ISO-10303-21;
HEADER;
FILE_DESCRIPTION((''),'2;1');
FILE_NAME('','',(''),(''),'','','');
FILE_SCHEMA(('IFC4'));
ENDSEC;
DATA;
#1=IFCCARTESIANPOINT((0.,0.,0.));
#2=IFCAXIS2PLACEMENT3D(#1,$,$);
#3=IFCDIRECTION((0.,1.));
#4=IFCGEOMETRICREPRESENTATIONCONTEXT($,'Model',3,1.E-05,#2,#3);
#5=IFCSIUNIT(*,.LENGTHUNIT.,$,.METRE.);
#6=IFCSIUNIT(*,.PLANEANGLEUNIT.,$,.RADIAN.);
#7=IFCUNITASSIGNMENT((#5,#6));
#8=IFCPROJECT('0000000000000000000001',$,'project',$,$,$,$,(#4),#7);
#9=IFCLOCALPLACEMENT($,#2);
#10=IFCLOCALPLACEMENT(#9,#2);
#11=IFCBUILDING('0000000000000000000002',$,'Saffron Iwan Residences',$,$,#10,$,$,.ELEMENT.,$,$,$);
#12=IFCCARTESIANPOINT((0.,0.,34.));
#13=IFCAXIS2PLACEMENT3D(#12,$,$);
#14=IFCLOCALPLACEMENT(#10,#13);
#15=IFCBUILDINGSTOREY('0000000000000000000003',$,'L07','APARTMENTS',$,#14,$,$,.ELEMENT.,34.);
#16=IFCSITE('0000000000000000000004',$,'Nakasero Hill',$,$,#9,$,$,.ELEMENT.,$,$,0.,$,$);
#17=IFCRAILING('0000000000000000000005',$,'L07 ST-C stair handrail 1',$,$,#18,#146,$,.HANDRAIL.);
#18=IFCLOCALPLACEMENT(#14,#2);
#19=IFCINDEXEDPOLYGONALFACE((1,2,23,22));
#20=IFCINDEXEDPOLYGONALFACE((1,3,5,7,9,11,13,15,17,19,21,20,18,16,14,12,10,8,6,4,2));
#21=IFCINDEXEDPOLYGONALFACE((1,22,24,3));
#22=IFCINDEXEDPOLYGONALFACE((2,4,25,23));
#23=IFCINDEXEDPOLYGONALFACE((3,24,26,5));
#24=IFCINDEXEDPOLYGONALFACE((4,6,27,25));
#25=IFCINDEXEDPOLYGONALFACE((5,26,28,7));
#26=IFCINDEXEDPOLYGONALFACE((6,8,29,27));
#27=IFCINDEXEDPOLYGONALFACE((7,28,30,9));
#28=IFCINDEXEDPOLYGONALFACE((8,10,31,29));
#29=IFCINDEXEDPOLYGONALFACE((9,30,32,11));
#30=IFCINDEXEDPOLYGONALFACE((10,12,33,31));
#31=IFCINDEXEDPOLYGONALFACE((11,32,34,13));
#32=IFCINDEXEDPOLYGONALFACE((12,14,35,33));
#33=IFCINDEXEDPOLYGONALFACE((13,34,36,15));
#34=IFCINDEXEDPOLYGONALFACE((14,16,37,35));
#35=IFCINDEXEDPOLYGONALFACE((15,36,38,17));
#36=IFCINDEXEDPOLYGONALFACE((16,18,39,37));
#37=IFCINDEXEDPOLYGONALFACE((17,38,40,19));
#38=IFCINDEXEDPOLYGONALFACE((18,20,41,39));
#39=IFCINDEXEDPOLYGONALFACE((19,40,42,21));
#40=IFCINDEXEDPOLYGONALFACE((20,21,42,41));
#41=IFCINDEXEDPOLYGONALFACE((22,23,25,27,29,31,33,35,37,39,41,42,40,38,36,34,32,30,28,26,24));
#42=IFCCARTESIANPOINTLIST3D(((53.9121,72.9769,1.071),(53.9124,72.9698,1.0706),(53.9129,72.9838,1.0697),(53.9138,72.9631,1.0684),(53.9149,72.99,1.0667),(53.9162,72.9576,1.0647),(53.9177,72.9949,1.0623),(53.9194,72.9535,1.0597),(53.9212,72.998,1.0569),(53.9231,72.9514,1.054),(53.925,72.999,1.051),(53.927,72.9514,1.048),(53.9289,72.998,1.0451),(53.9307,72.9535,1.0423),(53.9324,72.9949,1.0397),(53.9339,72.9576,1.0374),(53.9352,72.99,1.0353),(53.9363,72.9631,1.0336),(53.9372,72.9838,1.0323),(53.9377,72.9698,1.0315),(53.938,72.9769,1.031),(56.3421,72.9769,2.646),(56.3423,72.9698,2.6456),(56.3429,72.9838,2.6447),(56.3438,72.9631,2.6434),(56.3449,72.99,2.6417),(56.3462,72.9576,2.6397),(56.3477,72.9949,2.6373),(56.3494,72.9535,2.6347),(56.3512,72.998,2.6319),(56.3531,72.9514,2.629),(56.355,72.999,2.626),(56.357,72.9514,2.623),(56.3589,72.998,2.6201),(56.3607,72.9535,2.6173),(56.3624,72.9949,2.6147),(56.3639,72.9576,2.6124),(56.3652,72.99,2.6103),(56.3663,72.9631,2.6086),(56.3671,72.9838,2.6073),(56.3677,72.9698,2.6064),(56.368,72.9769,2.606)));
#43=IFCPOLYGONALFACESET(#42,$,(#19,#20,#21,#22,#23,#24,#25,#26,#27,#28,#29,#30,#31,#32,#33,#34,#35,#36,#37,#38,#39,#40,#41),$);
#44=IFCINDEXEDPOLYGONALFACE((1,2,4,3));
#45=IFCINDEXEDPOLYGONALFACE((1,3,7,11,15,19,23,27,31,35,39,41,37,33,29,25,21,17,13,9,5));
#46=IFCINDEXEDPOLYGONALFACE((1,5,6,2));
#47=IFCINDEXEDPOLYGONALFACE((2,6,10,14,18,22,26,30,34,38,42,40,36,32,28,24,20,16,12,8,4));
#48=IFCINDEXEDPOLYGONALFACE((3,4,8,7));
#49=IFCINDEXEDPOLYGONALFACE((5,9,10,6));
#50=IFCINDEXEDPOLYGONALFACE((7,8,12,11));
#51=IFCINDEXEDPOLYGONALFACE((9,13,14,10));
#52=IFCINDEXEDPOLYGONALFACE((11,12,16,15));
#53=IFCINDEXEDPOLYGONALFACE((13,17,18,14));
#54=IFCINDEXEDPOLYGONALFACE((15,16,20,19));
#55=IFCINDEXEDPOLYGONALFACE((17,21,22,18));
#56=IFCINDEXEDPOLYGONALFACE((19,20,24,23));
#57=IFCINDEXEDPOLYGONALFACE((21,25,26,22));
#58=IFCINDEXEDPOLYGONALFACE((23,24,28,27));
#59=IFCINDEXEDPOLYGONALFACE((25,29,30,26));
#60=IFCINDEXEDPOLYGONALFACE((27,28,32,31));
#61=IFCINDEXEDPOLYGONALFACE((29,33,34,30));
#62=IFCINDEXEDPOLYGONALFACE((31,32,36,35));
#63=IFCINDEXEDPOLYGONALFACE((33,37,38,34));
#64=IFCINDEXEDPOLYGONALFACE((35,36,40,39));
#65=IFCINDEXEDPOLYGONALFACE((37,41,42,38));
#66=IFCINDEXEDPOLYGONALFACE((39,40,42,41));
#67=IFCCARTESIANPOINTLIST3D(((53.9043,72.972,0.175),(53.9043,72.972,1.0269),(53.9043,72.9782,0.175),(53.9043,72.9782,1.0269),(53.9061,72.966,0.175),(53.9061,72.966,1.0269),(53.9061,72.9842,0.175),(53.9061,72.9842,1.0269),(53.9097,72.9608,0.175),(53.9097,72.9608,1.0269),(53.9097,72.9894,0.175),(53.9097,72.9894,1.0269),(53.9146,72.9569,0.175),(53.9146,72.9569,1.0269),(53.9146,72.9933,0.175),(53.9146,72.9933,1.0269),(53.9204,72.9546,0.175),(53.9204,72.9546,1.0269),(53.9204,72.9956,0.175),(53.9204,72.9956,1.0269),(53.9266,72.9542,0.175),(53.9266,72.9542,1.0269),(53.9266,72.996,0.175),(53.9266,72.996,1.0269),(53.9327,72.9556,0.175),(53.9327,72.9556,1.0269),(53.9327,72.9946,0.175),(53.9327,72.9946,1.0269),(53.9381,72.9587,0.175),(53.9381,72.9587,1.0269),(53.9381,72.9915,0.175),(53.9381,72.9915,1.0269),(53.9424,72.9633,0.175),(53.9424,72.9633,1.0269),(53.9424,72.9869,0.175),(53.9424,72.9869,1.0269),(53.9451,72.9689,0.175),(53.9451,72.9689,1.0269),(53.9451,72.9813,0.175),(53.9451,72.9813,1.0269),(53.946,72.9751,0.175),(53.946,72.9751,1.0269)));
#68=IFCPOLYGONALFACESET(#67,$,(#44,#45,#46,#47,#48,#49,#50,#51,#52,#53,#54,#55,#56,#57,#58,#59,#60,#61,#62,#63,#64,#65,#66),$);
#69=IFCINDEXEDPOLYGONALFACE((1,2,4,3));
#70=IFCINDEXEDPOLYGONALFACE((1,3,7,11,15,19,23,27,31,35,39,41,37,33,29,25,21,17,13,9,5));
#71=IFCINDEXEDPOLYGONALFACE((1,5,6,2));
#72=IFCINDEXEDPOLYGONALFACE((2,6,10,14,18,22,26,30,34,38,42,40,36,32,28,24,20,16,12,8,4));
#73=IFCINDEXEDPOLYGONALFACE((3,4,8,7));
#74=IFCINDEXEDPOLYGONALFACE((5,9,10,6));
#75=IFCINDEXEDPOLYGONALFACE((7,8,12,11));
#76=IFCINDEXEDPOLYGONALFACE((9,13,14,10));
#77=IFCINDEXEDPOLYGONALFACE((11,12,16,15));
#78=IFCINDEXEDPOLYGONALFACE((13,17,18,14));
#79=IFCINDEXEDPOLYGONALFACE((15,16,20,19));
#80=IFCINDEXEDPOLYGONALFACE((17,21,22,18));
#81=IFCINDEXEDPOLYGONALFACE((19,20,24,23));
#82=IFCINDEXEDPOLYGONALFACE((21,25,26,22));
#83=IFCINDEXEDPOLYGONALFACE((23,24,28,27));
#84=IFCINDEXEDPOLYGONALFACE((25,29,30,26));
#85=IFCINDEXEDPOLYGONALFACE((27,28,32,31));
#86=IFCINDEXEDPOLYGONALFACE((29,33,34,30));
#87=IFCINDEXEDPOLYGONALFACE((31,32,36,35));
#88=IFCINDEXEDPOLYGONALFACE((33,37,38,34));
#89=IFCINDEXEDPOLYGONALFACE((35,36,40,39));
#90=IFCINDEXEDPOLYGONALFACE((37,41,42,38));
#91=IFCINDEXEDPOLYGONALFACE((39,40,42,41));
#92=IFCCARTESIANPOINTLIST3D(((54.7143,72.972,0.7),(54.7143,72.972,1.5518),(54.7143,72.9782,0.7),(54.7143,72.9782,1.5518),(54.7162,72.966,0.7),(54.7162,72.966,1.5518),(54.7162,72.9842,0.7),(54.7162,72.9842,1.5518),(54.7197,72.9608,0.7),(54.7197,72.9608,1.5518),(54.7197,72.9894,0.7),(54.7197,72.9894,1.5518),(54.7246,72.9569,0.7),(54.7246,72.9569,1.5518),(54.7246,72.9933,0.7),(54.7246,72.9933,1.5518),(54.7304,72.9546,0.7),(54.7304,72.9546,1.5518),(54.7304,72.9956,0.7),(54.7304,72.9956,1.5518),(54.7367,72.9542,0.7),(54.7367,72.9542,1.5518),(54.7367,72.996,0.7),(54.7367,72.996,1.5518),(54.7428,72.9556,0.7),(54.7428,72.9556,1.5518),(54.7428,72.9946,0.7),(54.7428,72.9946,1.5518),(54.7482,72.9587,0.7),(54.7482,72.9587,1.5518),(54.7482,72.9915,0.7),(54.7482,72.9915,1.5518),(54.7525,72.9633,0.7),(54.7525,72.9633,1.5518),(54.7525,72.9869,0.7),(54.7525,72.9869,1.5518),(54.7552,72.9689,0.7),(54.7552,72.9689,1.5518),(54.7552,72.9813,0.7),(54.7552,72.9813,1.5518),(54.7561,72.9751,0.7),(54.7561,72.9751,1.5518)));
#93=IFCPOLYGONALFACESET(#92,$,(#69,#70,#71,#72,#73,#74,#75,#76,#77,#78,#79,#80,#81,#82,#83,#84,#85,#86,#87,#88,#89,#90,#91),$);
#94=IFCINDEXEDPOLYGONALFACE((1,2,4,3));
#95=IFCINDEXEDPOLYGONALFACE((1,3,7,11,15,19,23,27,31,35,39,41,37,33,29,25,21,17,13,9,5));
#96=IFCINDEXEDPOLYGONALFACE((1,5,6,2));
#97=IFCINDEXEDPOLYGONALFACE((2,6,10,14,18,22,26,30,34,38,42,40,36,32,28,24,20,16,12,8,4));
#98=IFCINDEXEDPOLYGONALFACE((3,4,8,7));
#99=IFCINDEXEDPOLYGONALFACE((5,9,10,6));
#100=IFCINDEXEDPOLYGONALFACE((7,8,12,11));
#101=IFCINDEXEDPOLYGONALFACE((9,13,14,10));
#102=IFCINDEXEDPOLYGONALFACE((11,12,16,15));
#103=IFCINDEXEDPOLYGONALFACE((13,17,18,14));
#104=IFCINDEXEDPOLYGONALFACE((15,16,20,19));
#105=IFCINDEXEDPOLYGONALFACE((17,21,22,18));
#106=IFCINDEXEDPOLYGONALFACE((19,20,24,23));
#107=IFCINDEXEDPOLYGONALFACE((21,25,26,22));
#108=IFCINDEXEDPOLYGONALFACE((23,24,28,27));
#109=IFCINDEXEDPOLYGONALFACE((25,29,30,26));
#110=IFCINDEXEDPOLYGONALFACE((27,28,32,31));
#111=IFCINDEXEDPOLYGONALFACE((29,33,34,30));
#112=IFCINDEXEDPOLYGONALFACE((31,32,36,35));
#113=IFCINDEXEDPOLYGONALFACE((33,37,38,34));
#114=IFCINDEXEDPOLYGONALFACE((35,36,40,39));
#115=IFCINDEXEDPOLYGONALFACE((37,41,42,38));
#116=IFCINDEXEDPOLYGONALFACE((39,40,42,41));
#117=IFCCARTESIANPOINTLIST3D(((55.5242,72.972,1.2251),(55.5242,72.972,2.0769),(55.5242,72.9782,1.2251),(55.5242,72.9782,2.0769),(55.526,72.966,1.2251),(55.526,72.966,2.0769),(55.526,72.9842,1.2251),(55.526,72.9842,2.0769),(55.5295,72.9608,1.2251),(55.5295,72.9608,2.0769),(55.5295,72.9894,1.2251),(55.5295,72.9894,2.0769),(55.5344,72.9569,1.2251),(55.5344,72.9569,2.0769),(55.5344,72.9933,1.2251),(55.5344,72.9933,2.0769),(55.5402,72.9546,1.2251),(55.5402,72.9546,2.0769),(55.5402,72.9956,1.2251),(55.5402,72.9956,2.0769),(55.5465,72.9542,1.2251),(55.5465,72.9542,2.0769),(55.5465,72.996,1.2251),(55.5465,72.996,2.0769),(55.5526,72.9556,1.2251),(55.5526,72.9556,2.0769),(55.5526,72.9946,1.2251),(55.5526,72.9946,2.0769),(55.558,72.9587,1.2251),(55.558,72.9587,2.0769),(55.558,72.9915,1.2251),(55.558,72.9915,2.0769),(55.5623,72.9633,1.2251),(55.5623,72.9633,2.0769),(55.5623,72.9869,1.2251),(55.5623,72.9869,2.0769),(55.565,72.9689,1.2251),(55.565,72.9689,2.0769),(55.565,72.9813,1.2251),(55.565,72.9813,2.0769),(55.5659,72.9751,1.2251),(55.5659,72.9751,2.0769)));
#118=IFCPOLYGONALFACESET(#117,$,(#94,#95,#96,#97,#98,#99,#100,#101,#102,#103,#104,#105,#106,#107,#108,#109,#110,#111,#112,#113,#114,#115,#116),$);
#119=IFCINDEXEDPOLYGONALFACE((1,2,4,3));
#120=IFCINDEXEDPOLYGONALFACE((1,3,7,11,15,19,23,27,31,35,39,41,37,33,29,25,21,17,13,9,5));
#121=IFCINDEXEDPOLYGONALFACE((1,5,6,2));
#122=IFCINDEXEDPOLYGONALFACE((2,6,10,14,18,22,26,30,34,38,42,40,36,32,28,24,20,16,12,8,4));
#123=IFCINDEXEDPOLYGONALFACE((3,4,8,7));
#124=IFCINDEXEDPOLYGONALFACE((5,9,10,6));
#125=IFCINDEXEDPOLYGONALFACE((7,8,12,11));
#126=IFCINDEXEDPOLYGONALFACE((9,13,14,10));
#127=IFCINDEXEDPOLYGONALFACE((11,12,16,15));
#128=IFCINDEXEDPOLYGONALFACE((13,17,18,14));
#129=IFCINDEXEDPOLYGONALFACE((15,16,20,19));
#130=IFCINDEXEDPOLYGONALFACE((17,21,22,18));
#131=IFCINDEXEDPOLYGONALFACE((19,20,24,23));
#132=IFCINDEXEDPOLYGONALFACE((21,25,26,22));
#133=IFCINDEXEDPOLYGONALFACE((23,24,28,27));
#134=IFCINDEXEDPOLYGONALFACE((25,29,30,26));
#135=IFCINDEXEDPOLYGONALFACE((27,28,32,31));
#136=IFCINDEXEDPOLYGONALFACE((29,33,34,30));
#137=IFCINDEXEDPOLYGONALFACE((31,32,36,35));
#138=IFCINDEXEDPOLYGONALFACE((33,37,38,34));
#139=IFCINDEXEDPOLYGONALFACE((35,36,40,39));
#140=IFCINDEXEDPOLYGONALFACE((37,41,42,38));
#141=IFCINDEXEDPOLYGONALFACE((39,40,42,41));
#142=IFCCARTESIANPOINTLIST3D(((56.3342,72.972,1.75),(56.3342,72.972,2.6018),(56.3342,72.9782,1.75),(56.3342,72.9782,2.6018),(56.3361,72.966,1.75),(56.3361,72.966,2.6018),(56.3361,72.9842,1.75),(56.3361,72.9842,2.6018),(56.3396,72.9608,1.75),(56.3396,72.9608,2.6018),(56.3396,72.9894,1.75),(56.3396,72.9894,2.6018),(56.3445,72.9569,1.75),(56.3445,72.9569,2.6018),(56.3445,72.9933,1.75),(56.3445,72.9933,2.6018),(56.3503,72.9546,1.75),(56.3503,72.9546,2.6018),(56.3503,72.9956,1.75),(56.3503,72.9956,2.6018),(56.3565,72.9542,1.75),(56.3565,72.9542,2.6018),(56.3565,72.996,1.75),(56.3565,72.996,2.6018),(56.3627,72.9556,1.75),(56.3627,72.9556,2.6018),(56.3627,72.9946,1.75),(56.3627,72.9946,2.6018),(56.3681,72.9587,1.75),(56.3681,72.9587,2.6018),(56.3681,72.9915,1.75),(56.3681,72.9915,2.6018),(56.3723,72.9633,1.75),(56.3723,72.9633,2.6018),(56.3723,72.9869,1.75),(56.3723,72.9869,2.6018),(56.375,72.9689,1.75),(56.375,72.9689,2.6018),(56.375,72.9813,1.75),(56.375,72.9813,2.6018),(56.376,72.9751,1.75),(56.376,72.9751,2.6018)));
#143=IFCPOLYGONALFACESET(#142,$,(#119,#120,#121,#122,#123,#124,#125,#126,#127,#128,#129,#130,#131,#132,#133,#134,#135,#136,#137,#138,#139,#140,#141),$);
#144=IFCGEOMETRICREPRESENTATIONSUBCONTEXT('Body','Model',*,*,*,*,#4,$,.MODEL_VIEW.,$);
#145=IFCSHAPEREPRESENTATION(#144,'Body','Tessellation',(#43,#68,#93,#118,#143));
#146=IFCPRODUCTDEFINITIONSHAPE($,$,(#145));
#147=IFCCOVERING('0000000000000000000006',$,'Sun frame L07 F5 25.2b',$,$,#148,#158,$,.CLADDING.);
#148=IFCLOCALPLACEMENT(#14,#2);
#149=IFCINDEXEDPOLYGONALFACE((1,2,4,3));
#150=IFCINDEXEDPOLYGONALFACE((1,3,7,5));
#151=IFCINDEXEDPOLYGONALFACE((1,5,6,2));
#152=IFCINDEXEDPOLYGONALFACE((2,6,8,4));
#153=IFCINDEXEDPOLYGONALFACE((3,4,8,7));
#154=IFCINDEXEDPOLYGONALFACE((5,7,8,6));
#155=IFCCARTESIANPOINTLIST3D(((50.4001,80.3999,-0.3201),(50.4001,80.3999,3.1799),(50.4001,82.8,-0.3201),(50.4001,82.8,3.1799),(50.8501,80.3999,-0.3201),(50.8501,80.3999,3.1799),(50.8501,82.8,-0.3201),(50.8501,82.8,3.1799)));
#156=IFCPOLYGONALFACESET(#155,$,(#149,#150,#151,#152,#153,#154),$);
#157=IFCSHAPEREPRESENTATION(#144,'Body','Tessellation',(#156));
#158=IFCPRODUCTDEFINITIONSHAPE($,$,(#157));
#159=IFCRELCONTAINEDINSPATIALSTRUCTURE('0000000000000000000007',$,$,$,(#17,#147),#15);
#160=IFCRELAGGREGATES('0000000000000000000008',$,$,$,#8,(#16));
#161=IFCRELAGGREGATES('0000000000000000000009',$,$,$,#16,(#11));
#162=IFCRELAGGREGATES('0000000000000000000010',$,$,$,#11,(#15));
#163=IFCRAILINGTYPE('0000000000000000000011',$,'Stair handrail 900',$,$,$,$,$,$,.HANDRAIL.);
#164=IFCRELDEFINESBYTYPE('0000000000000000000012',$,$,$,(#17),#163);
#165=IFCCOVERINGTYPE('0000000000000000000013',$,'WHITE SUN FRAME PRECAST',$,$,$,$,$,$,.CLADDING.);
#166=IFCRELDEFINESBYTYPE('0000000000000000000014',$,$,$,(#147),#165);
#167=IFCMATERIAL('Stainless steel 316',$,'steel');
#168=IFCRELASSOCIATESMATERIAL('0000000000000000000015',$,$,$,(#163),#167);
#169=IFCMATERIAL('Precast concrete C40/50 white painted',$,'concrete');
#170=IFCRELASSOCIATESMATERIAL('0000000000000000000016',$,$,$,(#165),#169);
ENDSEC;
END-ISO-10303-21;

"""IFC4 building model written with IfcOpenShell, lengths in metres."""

from ifc_helpers import new_model, si_unit, direction, frame, origin, origin_2d, place, context, subcontext, project, spatial, polyline, circle, outline, extrude, material, type_object, element, save


model = new_model("IFC4")

# Units and contexts
model_context = context("Model", 3, precision=1e-05, world=origin(), true_north=direction((0.0, 1.0)))
body_context = subcontext(model_context, "Body", "Model", "MODEL_VIEW")
ifc_project = project(units=[si_unit("LENGTHUNIT", "METRE"), si_unit("PLANEANGLEUNIT", "RADIAN")], contexts=[model_context])

# Site, building, storey
site_placement = place(None, origin())
site = spatial("IfcSite", under=ifc_project, at=site_placement, Name="Nakasero Hill", CompositionType="ELEMENT", RefElevation=0.0)
building_placement = place(site_placement, origin())
building = spatial("IfcBuilding", under=site, at=building_placement, Name="Saffron Iwan Residences", CompositionType="ELEMENT")
storey_placement = place(building_placement, frame((0.0, 0.0, 34.0)))
storey = spatial("IfcBuildingStorey", under=building, at=storey_placement, Name="L07", Description="APARTMENTS", CompositionType="ELEMENT", Elevation=34.0)

# Railing
ifc_material_1 = material(Name="Stainless steel 316", Category="steel")
railing_type_1 = type_object("IfcRailingType", Name="Stair handrail 900", PredefinedType="HANDRAIL", material=ifc_material_1)
railing_1_placement = place(storey_placement, frame((53.925, 72.9751, 0.175)))
element("IfcRailing", 1, at=railing_1_placement, inside=storey, type_object=railing_type_1, Name="L07 ST-C stair handrail 1", PredefinedType="HANDRAIL", context=body_context, shape_type="SweptSolid", body=[
    extrude(circle(Radius=0.0239, at=origin_2d()), frame((0.0, 0.0, 0.876), z_axis=(0.839154, 0.0, 0.543894), x_axis=(0.0, 1.0, 0.0)), (0.0, 0.0, 1.0), 2.8958),
    extrude(circle(Radius=0.021, at=origin_2d()), origin(), (0.0, 0.0, 1.0), 0.8518),
    extrude(circle(Radius=0.021, at=origin_2d()), frame((0.8101, 0.0, 0.5249)), (0.0, 0.0, 1.0), 0.8518),
    extrude(circle(Radius=0.021, at=origin_2d()), frame((1.6199, 0.0, 1.05)), (0.0, 0.0, 1.0), 0.8518),
    extrude(circle(Radius=0.021, at=origin_2d()), frame((2.4299, 0.0, 1.575)), (0.0, 0.0, 1.0), 0.8518),
])

# Covering
ifc_material_2 = material(Name="Precast concrete C40/50 white painted", Category="concrete")
covering_type_1 = type_object("IfcCoveringType", Name="WHITE SUN FRAME PRECAST", PredefinedType="CLADDING", material=ifc_material_2)
covering_1_placement = place(storey_placement, frame((50.8501, 80.3999, -0.3201), z_axis=(0.0, 1.0, 0.0), x_axis=(-1.0, 0.0, 0.0)))
element("IfcCovering", 2, at=covering_1_placement, inside=storey, type_object=covering_type_1, Name="Sun frame L07 F5 25.2b", PredefinedType="CLADDING", context=body_context, shape_type="SweptSolid", body=[
    extrude(outline(polyline([(0.0, 0.0), (0.45, 0.0), (0.45, 3.5), (0.0, 3.5), (0.0, 0.0)])), origin(), (0.0, 0.0, 1.0), 2.4001),
])

save(model, "model.ifc")
